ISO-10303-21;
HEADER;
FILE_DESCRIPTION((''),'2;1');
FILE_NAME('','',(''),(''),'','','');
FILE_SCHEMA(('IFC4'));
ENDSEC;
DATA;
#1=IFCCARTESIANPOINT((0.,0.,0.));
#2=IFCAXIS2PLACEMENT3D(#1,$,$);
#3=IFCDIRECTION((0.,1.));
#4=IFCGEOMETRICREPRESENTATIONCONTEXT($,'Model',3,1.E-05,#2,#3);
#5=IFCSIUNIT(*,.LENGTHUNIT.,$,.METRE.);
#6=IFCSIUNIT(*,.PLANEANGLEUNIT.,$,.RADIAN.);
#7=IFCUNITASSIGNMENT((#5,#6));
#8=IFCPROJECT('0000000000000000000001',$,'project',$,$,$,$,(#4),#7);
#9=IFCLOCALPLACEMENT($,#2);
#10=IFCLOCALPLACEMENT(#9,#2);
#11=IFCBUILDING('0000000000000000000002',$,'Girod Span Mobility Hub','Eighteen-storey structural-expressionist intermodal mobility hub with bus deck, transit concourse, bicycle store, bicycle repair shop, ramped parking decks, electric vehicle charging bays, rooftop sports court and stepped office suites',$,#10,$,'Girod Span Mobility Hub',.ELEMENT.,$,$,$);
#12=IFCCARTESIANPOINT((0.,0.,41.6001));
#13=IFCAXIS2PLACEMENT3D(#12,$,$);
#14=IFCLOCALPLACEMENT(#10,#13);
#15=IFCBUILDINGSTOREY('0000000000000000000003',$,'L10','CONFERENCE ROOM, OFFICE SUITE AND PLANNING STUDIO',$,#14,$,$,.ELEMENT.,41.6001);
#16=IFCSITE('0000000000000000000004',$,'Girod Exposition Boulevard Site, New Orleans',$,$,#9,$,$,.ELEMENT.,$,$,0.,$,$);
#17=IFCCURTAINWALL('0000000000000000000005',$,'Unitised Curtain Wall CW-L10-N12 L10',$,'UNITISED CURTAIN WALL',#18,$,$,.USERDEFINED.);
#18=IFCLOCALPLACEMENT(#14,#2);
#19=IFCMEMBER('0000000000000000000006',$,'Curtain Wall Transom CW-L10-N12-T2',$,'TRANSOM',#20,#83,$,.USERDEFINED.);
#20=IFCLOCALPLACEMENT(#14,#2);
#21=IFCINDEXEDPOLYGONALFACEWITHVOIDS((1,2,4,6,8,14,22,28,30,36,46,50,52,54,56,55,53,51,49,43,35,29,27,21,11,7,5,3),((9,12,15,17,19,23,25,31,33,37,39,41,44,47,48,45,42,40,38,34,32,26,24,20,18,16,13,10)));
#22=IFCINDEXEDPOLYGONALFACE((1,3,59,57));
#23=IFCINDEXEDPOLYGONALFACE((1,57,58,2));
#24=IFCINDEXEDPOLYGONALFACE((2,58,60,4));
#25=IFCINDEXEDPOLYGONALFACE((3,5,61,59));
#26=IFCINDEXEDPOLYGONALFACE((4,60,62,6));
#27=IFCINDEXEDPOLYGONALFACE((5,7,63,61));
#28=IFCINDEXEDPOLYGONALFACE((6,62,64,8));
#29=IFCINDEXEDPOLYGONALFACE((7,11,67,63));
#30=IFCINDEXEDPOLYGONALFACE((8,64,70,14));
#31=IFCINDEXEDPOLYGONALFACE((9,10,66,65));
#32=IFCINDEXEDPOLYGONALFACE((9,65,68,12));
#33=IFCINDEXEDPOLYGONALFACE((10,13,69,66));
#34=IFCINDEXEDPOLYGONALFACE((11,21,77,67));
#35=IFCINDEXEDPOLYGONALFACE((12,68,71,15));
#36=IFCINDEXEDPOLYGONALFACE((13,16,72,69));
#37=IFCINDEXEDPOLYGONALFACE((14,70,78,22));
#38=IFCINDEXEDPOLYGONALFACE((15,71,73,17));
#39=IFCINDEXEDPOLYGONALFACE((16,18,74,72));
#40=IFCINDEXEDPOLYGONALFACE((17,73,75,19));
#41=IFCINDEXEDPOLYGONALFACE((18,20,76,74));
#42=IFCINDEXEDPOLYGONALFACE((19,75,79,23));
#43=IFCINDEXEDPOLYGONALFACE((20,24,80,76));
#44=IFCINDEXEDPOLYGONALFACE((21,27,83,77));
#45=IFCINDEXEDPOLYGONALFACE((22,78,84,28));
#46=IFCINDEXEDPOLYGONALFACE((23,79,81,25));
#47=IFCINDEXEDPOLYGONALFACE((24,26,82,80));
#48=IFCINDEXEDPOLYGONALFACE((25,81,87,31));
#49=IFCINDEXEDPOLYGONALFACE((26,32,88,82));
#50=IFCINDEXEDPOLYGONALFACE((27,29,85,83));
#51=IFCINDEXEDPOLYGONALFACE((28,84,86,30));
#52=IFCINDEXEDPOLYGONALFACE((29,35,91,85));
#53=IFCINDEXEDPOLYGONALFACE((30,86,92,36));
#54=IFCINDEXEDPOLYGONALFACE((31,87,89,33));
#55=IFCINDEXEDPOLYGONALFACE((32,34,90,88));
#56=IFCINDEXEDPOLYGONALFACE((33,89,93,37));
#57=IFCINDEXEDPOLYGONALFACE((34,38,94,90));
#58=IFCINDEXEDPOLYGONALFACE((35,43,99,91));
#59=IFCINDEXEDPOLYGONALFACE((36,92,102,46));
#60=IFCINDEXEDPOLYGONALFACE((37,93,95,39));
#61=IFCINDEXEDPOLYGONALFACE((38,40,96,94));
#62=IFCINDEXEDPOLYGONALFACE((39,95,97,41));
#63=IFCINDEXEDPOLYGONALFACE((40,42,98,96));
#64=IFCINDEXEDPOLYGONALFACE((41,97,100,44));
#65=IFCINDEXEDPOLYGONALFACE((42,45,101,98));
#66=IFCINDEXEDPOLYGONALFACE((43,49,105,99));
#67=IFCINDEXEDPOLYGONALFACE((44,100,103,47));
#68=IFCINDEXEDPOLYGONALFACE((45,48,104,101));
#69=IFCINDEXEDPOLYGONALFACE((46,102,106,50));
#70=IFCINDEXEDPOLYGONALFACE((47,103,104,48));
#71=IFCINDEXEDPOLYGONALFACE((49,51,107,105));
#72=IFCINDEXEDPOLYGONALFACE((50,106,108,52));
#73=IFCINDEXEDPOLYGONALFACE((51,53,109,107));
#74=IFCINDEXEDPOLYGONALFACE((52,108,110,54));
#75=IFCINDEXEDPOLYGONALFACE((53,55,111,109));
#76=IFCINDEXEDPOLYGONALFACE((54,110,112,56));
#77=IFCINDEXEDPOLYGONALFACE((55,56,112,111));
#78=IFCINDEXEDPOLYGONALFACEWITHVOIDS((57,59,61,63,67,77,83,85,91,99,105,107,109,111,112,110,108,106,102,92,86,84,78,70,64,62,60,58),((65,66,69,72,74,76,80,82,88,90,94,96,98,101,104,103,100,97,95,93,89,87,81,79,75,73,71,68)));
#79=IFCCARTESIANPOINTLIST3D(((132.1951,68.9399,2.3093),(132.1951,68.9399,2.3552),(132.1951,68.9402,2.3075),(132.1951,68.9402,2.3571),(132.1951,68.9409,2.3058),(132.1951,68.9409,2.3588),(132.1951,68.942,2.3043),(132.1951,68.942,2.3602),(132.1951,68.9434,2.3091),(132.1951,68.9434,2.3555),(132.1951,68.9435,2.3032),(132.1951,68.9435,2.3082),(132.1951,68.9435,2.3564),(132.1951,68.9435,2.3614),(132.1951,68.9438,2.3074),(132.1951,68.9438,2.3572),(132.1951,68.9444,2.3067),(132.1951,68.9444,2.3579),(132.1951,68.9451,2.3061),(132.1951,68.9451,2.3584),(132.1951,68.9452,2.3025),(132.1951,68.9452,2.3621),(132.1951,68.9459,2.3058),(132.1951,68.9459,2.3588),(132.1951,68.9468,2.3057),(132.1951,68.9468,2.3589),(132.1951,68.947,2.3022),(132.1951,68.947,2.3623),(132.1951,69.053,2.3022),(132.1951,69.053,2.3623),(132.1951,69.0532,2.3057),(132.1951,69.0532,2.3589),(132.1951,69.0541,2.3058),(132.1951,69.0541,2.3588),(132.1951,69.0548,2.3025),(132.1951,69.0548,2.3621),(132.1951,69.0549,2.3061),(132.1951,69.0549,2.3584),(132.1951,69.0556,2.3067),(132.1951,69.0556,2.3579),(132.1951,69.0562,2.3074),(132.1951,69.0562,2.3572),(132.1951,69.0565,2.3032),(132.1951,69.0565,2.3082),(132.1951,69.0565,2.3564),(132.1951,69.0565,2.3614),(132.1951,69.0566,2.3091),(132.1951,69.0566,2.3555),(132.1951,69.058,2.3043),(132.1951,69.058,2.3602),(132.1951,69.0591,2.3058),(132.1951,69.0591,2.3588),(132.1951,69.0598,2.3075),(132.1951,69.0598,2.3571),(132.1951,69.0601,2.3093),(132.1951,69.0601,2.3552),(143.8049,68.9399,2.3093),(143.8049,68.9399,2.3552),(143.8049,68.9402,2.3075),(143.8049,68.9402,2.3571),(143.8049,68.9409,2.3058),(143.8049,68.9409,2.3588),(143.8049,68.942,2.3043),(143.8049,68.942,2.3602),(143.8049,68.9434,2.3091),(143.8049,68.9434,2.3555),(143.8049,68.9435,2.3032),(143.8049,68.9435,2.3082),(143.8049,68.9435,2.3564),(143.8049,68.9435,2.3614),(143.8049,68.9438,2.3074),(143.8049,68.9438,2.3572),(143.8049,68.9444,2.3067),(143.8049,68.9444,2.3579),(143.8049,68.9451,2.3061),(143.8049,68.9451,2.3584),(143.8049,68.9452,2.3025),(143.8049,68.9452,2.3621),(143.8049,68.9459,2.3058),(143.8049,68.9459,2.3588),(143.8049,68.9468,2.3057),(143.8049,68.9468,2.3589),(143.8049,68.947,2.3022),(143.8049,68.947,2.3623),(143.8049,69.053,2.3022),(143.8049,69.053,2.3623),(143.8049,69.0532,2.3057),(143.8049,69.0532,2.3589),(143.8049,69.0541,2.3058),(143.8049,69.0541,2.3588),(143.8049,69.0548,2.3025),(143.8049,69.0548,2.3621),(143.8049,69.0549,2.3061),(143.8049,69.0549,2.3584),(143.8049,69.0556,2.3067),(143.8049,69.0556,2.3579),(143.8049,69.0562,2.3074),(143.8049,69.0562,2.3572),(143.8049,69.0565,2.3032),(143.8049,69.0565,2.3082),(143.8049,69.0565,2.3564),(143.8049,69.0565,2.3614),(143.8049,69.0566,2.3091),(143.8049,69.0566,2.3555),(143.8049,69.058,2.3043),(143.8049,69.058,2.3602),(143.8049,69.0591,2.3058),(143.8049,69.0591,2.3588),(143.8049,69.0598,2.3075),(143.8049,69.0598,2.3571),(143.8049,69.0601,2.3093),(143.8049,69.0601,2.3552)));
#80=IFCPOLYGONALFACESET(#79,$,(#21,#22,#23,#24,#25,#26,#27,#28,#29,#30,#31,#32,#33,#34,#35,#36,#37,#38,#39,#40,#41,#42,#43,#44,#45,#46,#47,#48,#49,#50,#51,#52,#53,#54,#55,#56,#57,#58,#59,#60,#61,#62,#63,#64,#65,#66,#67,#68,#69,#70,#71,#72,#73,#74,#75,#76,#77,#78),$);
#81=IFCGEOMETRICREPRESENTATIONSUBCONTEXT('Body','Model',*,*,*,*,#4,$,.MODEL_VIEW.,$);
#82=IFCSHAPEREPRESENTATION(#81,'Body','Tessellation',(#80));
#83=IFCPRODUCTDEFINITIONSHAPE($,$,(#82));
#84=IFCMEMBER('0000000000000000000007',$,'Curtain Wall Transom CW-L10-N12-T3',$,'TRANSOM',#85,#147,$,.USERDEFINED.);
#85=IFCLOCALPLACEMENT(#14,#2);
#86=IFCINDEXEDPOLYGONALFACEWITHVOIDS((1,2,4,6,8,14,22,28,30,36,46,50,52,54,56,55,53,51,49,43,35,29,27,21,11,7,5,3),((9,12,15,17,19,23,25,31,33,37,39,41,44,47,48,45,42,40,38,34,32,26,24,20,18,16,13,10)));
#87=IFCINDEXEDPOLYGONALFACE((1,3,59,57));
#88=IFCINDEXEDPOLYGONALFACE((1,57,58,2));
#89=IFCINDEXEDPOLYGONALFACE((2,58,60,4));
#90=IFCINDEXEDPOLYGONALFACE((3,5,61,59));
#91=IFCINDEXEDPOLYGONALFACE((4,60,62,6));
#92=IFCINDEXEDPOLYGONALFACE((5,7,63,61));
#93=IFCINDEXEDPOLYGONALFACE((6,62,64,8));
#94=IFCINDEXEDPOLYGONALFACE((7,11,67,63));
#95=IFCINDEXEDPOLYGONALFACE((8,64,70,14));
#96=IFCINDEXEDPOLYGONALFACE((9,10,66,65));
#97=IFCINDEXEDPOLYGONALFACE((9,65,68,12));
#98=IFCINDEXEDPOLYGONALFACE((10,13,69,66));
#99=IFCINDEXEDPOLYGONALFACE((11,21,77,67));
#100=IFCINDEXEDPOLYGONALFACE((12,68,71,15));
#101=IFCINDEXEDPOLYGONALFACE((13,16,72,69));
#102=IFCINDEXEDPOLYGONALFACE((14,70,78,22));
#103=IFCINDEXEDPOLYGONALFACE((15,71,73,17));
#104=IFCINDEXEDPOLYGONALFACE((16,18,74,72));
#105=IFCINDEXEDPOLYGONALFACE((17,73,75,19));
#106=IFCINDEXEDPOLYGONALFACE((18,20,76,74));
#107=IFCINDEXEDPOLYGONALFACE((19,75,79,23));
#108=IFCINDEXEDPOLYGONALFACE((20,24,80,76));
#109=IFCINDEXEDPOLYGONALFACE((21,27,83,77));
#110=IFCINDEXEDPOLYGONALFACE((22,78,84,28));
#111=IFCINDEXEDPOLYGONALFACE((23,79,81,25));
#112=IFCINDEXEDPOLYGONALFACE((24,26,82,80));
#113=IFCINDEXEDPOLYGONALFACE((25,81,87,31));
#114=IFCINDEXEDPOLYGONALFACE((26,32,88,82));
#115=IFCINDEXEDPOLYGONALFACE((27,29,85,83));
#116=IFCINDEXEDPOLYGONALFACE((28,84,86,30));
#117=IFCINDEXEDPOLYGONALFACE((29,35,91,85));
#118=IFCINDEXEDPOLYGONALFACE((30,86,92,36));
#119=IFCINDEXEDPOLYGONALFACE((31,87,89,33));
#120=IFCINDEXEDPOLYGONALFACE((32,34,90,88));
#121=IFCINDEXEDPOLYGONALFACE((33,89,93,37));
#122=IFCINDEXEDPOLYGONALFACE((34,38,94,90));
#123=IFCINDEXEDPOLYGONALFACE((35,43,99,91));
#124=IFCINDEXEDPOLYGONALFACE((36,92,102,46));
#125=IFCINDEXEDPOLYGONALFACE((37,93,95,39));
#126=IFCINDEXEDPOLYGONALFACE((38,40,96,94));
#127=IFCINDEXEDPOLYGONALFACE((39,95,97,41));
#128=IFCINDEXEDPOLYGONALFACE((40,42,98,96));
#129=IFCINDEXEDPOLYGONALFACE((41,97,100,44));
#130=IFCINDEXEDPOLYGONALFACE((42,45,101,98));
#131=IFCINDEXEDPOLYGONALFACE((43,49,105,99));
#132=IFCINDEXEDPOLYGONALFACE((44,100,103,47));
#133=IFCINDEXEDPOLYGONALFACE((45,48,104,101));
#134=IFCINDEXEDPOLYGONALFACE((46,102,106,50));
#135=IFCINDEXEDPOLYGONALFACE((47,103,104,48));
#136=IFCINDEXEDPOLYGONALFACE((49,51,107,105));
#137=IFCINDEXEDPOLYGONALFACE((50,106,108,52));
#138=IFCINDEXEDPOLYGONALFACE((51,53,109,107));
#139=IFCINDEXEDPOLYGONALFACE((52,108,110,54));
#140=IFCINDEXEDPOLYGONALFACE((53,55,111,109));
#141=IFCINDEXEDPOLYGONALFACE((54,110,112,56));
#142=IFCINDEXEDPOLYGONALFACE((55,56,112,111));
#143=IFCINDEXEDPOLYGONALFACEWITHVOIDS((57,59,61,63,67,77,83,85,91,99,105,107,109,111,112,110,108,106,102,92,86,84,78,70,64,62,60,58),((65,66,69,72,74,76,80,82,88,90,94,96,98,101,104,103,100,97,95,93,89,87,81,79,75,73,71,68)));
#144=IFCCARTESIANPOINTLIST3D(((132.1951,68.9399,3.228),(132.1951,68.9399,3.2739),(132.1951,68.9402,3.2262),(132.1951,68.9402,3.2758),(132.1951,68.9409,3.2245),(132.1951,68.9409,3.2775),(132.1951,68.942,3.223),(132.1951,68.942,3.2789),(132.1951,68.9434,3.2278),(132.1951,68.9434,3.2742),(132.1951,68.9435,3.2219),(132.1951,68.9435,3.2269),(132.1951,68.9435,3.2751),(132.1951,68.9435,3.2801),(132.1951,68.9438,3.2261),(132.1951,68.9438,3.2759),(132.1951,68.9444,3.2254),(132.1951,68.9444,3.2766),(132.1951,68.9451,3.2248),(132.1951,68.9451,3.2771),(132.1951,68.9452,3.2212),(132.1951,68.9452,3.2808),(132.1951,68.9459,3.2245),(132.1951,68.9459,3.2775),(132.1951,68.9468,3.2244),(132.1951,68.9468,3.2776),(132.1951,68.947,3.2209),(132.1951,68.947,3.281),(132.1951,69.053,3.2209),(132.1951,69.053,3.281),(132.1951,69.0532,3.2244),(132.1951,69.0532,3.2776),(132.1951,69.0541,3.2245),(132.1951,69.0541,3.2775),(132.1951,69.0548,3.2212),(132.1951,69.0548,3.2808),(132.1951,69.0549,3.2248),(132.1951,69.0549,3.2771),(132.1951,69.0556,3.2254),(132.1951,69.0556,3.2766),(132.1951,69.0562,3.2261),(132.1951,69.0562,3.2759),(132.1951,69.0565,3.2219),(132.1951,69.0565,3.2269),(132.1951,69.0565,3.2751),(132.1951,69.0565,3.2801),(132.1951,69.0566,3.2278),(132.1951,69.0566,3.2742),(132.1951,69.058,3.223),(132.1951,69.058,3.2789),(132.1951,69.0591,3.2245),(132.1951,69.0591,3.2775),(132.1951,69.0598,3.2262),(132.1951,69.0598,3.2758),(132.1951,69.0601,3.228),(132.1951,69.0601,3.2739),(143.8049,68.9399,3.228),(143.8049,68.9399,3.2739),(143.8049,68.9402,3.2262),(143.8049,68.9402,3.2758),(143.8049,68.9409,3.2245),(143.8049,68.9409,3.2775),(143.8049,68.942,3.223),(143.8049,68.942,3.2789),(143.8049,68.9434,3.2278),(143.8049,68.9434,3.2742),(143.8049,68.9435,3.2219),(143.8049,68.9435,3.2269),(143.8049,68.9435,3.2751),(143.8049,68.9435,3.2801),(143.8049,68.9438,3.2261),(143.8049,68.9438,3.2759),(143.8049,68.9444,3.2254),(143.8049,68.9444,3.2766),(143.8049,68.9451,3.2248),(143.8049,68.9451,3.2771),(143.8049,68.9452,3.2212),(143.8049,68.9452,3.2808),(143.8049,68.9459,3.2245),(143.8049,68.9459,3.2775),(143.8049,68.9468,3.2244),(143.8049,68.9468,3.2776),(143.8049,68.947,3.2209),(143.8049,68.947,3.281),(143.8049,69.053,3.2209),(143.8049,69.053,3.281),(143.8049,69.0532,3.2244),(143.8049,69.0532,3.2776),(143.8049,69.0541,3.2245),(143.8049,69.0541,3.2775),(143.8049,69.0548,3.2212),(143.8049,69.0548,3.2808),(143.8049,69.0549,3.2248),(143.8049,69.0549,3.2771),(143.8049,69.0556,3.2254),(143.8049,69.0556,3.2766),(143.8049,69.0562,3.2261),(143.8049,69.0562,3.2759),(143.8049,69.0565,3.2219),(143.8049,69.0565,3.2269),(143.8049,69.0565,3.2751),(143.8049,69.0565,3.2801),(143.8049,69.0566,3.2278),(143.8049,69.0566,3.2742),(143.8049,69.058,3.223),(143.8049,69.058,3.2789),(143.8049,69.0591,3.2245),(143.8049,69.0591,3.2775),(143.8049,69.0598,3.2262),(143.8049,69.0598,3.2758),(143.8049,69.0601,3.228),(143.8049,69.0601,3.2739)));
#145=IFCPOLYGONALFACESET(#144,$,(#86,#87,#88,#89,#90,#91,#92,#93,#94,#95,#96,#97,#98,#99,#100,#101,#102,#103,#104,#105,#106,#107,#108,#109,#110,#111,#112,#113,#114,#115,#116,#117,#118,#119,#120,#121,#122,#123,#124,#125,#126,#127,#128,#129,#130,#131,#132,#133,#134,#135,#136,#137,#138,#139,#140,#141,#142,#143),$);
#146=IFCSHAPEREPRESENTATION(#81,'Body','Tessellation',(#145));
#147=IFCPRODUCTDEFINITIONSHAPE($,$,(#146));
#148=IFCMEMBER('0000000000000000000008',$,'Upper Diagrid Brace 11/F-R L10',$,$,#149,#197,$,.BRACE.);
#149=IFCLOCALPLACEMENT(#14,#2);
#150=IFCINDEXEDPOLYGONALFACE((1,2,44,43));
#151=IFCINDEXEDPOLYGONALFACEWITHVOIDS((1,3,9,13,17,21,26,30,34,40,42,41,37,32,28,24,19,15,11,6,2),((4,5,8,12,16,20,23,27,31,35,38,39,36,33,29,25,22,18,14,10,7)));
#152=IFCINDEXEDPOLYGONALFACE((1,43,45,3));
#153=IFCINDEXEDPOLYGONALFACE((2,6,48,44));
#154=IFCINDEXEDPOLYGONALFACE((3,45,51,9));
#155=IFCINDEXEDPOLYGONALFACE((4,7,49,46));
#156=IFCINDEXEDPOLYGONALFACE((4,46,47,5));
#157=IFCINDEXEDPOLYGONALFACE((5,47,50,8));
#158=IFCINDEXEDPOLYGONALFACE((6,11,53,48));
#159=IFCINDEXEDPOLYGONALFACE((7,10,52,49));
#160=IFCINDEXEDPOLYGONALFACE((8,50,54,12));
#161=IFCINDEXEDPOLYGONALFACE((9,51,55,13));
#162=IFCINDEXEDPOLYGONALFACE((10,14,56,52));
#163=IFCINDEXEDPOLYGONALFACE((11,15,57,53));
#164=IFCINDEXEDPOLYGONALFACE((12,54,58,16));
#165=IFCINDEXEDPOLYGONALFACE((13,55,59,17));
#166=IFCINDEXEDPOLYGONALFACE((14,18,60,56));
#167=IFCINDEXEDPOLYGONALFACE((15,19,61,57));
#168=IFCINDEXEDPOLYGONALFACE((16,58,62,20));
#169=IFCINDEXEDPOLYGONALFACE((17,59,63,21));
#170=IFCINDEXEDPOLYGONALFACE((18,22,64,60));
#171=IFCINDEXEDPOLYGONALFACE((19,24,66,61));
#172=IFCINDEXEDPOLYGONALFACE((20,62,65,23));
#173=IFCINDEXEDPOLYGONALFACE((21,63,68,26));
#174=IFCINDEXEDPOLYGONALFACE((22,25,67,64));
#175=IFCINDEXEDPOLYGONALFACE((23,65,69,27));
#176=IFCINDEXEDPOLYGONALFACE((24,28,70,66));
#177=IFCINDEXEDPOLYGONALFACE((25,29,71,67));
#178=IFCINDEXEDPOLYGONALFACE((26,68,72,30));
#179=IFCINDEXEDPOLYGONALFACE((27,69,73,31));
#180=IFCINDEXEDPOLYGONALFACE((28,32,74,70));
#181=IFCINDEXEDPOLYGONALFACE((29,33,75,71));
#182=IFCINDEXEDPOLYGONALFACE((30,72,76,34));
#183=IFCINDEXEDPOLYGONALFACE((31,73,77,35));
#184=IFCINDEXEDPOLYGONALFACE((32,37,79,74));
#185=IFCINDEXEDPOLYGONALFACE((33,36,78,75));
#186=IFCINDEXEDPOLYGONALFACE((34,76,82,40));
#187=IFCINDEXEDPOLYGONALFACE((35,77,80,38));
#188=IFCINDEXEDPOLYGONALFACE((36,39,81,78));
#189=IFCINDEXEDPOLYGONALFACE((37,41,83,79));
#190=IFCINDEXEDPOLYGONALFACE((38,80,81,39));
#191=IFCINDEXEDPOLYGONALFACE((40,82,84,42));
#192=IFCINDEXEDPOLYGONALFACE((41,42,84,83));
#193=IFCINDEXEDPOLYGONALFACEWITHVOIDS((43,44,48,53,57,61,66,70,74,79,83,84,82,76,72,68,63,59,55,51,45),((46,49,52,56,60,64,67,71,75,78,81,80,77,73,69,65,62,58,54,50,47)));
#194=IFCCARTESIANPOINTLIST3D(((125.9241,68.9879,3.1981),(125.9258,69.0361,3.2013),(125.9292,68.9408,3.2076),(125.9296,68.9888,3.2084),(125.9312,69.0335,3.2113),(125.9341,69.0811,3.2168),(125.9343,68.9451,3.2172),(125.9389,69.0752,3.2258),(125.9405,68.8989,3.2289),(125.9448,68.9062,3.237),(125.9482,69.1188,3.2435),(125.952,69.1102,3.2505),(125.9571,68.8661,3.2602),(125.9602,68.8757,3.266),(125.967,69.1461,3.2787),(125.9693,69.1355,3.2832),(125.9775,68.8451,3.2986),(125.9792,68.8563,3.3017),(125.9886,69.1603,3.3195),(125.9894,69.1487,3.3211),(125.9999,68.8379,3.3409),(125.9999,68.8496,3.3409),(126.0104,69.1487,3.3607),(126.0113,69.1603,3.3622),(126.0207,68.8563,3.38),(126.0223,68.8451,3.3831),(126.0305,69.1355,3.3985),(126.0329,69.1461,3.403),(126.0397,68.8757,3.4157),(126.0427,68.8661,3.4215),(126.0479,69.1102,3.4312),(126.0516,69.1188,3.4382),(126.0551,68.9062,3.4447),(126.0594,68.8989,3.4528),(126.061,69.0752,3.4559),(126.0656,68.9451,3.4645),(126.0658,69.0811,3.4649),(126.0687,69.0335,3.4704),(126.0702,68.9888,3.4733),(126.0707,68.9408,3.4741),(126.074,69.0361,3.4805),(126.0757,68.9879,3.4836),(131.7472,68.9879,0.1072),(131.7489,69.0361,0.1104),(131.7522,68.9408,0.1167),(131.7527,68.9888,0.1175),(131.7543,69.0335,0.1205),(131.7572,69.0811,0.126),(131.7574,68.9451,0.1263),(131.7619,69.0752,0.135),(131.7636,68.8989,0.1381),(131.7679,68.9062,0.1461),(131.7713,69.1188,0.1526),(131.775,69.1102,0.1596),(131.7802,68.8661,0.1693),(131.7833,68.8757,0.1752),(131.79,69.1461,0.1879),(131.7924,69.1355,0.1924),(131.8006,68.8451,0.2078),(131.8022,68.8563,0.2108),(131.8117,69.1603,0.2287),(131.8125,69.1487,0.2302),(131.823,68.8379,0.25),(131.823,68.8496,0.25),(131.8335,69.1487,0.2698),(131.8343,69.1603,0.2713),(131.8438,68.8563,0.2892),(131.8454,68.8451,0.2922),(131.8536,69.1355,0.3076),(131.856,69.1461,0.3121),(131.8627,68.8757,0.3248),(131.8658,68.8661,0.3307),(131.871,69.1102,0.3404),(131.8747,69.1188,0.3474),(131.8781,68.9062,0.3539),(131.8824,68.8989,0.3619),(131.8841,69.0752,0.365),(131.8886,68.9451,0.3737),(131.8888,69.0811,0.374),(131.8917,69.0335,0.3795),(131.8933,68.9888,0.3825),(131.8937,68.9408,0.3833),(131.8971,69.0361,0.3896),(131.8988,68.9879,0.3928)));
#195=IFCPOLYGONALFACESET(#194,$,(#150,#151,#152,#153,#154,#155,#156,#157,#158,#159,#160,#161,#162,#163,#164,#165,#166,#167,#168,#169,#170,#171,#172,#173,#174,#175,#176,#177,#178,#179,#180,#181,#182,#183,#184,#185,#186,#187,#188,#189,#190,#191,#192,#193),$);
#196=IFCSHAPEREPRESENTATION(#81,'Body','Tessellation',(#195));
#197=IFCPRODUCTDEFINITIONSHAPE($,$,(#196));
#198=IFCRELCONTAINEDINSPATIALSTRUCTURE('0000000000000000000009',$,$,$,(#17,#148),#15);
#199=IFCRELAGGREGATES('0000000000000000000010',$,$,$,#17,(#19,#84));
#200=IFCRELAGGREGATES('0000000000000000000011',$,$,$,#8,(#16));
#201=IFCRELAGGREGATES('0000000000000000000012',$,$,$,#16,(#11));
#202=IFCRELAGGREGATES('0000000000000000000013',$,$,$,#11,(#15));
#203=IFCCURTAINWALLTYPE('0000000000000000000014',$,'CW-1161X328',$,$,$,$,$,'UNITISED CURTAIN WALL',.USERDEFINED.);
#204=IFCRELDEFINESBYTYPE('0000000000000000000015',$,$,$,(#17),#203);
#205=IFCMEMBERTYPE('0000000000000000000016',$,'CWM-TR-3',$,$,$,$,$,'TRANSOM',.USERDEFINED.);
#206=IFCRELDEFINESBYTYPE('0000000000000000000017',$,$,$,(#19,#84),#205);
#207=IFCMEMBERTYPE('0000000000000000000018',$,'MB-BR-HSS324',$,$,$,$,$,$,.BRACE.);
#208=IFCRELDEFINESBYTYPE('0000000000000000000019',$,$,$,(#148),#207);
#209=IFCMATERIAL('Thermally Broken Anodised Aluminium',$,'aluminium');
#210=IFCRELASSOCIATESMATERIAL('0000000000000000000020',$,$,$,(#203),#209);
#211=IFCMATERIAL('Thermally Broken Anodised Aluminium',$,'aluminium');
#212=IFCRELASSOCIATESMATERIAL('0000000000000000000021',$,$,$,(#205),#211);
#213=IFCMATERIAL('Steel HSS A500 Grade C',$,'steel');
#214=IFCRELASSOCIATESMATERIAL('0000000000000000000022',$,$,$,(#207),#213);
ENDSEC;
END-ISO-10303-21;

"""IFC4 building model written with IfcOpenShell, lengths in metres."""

from ifc_helpers import new_model, si_unit, direction, frame, origin, origin_2d, place, context, subcontext, project, spatial, hollow_rectangle, hollow_circle, extrude, material, material_profile, profile_set, type_object, element, aggregate, save


model = new_model("IFC4")

# Units and contexts
model_context = context("Model", 3, precision=1e-05, world=origin(), true_north=direction((0.0, 1.0)))
body_context = subcontext(model_context, "Body", "Model", "MODEL_VIEW")
ifc_project = project(units=[si_unit("LENGTHUNIT", "METRE"), si_unit("PLANEANGLEUNIT", "RADIAN")], contexts=[model_context])

# Site, building, storey
site_placement = place(None, origin())
site = spatial("IfcSite", under=ifc_project, at=site_placement, Name="Girod Exposition Boulevard Site, New Orleans", CompositionType="ELEMENT", RefElevation=0.0)
building_placement = place(site_placement, origin())
building = spatial("IfcBuilding", under=site, at=building_placement, Name="Girod Span Mobility Hub", Description="Eighteen-storey structural-expressionist intermodal mobility hub with bus deck, transit concourse, bicycle store, bicycle repair shop, ramped parking decks, electric vehicle charging bays, rooftop sports court and stepped office suites", LongName="Girod Span Mobility Hub", CompositionType="ELEMENT")
storey_placement = place(building_placement, frame((0.0, 0.0, 41.6001)))
storey = spatial("IfcBuildingStorey", under=building, at=storey_placement, Name="L10", Description="CONFERENCE ROOM, OFFICE SUITE AND PLANNING STUDIO", CompositionType="ELEMENT", Elevation=41.6001)

# Curtain wall, members
ifc_material_1 = material(Name="Thermally Broken Anodised Aluminium", Category="aluminium")
curtain_wall_type = type_object("IfcCurtainWallType", Name="CW-1161X328", ElementType="UNITISED CURTAIN WALL", PredefinedType="USERDEFINED", material=ifc_material_1)
curtain_wall_1_placement = place(storey_placement, origin())
curtain_wall_1 = element("IfcCurtainWall", 1, at=curtain_wall_1_placement, inside=storey, type_object=curtain_wall_type, Name="Unitised Curtain Wall CW-L10-N12 L10", ObjectType="UNITISED CURTAIN WALL", PredefinedType="USERDEFINED")
ifc_material_2 = material(Name="Thermally Broken Anodised Aluminium", Category="aluminium")
ifc_material_profile_1 = material_profile(ifc_material_2, hollow_rectangle(XDim=0.1201, YDim=0.0601, WallThickness=0.0034, InnerFilletRadius=0.0034, OuterFilletRadius=0.0071, at=origin_2d()), Name="CW-TR-60X120")
ifc_profile_set_1 = profile_set([ifc_material_profile_1], Name="Thermally Broken Anodised Aluminium")
member_type_1 = type_object("IfcMemberType", Name="CWM-TR-3", ElementType="TRANSOM", PredefinedType="USERDEFINED", material=ifc_profile_set_1)
member_1_placement = place(storey_placement, frame((132.1951, 69.0, 2.3323), z_axis=(1.0, 0.0, 0.0), x_axis=(0.0, 1.0, 0.0)))
member_1 = element("IfcMember", 2, at=member_1_placement, type_object=member_type_1, Name="Curtain Wall Transom CW-L10-N12-T2", ObjectType="TRANSOM", PredefinedType="USERDEFINED", context=body_context, shape_type="SweptSolid", body=[
    extrude(hollow_rectangle(XDim=0.1201, YDim=0.0601, WallThickness=0.0034, InnerFilletRadius=0.0034, OuterFilletRadius=0.0071, at=origin_2d()), origin(), (0.0, 0.0, 1.0), 11.6099),
])
member_2_placement = place(storey_placement, frame((132.1951, 69.0, 3.251), z_axis=(1.0, 0.0, 0.0), x_axis=(0.0, 1.0, 0.0)))
member_2 = element("IfcMember", 3, at=member_2_placement, type_object=member_type_1, Name="Curtain Wall Transom CW-L10-N12-T3", ObjectType="TRANSOM", PredefinedType="USERDEFINED", context=body_context, shape_type="SweptSolid", body=[
    extrude(hollow_rectangle(XDim=0.1201, YDim=0.0601, WallThickness=0.0034, InnerFilletRadius=0.0034, OuterFilletRadius=0.0071, at=origin_2d()), origin(), (0.0, 0.0, 1.0), 11.6099),
])

# Member
ifc_material_3 = material(Name="Steel HSS A500 Grade C", Category="steel")
ifc_material_profile_2 = material_profile(ifc_material_3, hollow_circle(Radius=0.1621, WallThickness=0.0117, at=origin_2d()), Name="HSS324X12.7")
ifc_profile_set_2 = profile_set([ifc_material_profile_2], Name="Steel HSS A500 Grade C")
member_type_2 = type_object("IfcMemberType", Name="MB-BR-HSS324", PredefinedType="BRACE", material=ifc_profile_set_2)
member_3_placement = place(storey_placement, frame((131.823, 69.0, 0.25), z_axis=(-0.883282, 0.0, 0.468842), x_axis=(0.0, -1.0, 0.0)))
element("IfcMember", 4, at=member_3_placement, inside=storey, type_object=member_type_2, Name="Upper Diagrid Brace 11/F-R L10", PredefinedType="BRACE", context=body_context, shape_type="SweptSolid", body=[
    extrude(hollow_circle(Radius=0.1621, WallThickness=0.0117, at=origin_2d()), origin(), (0.0, 0.0, 1.0), 6.5925),
])

aggregate(curtain_wall_1, [member_1, member_2])

save(model, "model.ifc")
